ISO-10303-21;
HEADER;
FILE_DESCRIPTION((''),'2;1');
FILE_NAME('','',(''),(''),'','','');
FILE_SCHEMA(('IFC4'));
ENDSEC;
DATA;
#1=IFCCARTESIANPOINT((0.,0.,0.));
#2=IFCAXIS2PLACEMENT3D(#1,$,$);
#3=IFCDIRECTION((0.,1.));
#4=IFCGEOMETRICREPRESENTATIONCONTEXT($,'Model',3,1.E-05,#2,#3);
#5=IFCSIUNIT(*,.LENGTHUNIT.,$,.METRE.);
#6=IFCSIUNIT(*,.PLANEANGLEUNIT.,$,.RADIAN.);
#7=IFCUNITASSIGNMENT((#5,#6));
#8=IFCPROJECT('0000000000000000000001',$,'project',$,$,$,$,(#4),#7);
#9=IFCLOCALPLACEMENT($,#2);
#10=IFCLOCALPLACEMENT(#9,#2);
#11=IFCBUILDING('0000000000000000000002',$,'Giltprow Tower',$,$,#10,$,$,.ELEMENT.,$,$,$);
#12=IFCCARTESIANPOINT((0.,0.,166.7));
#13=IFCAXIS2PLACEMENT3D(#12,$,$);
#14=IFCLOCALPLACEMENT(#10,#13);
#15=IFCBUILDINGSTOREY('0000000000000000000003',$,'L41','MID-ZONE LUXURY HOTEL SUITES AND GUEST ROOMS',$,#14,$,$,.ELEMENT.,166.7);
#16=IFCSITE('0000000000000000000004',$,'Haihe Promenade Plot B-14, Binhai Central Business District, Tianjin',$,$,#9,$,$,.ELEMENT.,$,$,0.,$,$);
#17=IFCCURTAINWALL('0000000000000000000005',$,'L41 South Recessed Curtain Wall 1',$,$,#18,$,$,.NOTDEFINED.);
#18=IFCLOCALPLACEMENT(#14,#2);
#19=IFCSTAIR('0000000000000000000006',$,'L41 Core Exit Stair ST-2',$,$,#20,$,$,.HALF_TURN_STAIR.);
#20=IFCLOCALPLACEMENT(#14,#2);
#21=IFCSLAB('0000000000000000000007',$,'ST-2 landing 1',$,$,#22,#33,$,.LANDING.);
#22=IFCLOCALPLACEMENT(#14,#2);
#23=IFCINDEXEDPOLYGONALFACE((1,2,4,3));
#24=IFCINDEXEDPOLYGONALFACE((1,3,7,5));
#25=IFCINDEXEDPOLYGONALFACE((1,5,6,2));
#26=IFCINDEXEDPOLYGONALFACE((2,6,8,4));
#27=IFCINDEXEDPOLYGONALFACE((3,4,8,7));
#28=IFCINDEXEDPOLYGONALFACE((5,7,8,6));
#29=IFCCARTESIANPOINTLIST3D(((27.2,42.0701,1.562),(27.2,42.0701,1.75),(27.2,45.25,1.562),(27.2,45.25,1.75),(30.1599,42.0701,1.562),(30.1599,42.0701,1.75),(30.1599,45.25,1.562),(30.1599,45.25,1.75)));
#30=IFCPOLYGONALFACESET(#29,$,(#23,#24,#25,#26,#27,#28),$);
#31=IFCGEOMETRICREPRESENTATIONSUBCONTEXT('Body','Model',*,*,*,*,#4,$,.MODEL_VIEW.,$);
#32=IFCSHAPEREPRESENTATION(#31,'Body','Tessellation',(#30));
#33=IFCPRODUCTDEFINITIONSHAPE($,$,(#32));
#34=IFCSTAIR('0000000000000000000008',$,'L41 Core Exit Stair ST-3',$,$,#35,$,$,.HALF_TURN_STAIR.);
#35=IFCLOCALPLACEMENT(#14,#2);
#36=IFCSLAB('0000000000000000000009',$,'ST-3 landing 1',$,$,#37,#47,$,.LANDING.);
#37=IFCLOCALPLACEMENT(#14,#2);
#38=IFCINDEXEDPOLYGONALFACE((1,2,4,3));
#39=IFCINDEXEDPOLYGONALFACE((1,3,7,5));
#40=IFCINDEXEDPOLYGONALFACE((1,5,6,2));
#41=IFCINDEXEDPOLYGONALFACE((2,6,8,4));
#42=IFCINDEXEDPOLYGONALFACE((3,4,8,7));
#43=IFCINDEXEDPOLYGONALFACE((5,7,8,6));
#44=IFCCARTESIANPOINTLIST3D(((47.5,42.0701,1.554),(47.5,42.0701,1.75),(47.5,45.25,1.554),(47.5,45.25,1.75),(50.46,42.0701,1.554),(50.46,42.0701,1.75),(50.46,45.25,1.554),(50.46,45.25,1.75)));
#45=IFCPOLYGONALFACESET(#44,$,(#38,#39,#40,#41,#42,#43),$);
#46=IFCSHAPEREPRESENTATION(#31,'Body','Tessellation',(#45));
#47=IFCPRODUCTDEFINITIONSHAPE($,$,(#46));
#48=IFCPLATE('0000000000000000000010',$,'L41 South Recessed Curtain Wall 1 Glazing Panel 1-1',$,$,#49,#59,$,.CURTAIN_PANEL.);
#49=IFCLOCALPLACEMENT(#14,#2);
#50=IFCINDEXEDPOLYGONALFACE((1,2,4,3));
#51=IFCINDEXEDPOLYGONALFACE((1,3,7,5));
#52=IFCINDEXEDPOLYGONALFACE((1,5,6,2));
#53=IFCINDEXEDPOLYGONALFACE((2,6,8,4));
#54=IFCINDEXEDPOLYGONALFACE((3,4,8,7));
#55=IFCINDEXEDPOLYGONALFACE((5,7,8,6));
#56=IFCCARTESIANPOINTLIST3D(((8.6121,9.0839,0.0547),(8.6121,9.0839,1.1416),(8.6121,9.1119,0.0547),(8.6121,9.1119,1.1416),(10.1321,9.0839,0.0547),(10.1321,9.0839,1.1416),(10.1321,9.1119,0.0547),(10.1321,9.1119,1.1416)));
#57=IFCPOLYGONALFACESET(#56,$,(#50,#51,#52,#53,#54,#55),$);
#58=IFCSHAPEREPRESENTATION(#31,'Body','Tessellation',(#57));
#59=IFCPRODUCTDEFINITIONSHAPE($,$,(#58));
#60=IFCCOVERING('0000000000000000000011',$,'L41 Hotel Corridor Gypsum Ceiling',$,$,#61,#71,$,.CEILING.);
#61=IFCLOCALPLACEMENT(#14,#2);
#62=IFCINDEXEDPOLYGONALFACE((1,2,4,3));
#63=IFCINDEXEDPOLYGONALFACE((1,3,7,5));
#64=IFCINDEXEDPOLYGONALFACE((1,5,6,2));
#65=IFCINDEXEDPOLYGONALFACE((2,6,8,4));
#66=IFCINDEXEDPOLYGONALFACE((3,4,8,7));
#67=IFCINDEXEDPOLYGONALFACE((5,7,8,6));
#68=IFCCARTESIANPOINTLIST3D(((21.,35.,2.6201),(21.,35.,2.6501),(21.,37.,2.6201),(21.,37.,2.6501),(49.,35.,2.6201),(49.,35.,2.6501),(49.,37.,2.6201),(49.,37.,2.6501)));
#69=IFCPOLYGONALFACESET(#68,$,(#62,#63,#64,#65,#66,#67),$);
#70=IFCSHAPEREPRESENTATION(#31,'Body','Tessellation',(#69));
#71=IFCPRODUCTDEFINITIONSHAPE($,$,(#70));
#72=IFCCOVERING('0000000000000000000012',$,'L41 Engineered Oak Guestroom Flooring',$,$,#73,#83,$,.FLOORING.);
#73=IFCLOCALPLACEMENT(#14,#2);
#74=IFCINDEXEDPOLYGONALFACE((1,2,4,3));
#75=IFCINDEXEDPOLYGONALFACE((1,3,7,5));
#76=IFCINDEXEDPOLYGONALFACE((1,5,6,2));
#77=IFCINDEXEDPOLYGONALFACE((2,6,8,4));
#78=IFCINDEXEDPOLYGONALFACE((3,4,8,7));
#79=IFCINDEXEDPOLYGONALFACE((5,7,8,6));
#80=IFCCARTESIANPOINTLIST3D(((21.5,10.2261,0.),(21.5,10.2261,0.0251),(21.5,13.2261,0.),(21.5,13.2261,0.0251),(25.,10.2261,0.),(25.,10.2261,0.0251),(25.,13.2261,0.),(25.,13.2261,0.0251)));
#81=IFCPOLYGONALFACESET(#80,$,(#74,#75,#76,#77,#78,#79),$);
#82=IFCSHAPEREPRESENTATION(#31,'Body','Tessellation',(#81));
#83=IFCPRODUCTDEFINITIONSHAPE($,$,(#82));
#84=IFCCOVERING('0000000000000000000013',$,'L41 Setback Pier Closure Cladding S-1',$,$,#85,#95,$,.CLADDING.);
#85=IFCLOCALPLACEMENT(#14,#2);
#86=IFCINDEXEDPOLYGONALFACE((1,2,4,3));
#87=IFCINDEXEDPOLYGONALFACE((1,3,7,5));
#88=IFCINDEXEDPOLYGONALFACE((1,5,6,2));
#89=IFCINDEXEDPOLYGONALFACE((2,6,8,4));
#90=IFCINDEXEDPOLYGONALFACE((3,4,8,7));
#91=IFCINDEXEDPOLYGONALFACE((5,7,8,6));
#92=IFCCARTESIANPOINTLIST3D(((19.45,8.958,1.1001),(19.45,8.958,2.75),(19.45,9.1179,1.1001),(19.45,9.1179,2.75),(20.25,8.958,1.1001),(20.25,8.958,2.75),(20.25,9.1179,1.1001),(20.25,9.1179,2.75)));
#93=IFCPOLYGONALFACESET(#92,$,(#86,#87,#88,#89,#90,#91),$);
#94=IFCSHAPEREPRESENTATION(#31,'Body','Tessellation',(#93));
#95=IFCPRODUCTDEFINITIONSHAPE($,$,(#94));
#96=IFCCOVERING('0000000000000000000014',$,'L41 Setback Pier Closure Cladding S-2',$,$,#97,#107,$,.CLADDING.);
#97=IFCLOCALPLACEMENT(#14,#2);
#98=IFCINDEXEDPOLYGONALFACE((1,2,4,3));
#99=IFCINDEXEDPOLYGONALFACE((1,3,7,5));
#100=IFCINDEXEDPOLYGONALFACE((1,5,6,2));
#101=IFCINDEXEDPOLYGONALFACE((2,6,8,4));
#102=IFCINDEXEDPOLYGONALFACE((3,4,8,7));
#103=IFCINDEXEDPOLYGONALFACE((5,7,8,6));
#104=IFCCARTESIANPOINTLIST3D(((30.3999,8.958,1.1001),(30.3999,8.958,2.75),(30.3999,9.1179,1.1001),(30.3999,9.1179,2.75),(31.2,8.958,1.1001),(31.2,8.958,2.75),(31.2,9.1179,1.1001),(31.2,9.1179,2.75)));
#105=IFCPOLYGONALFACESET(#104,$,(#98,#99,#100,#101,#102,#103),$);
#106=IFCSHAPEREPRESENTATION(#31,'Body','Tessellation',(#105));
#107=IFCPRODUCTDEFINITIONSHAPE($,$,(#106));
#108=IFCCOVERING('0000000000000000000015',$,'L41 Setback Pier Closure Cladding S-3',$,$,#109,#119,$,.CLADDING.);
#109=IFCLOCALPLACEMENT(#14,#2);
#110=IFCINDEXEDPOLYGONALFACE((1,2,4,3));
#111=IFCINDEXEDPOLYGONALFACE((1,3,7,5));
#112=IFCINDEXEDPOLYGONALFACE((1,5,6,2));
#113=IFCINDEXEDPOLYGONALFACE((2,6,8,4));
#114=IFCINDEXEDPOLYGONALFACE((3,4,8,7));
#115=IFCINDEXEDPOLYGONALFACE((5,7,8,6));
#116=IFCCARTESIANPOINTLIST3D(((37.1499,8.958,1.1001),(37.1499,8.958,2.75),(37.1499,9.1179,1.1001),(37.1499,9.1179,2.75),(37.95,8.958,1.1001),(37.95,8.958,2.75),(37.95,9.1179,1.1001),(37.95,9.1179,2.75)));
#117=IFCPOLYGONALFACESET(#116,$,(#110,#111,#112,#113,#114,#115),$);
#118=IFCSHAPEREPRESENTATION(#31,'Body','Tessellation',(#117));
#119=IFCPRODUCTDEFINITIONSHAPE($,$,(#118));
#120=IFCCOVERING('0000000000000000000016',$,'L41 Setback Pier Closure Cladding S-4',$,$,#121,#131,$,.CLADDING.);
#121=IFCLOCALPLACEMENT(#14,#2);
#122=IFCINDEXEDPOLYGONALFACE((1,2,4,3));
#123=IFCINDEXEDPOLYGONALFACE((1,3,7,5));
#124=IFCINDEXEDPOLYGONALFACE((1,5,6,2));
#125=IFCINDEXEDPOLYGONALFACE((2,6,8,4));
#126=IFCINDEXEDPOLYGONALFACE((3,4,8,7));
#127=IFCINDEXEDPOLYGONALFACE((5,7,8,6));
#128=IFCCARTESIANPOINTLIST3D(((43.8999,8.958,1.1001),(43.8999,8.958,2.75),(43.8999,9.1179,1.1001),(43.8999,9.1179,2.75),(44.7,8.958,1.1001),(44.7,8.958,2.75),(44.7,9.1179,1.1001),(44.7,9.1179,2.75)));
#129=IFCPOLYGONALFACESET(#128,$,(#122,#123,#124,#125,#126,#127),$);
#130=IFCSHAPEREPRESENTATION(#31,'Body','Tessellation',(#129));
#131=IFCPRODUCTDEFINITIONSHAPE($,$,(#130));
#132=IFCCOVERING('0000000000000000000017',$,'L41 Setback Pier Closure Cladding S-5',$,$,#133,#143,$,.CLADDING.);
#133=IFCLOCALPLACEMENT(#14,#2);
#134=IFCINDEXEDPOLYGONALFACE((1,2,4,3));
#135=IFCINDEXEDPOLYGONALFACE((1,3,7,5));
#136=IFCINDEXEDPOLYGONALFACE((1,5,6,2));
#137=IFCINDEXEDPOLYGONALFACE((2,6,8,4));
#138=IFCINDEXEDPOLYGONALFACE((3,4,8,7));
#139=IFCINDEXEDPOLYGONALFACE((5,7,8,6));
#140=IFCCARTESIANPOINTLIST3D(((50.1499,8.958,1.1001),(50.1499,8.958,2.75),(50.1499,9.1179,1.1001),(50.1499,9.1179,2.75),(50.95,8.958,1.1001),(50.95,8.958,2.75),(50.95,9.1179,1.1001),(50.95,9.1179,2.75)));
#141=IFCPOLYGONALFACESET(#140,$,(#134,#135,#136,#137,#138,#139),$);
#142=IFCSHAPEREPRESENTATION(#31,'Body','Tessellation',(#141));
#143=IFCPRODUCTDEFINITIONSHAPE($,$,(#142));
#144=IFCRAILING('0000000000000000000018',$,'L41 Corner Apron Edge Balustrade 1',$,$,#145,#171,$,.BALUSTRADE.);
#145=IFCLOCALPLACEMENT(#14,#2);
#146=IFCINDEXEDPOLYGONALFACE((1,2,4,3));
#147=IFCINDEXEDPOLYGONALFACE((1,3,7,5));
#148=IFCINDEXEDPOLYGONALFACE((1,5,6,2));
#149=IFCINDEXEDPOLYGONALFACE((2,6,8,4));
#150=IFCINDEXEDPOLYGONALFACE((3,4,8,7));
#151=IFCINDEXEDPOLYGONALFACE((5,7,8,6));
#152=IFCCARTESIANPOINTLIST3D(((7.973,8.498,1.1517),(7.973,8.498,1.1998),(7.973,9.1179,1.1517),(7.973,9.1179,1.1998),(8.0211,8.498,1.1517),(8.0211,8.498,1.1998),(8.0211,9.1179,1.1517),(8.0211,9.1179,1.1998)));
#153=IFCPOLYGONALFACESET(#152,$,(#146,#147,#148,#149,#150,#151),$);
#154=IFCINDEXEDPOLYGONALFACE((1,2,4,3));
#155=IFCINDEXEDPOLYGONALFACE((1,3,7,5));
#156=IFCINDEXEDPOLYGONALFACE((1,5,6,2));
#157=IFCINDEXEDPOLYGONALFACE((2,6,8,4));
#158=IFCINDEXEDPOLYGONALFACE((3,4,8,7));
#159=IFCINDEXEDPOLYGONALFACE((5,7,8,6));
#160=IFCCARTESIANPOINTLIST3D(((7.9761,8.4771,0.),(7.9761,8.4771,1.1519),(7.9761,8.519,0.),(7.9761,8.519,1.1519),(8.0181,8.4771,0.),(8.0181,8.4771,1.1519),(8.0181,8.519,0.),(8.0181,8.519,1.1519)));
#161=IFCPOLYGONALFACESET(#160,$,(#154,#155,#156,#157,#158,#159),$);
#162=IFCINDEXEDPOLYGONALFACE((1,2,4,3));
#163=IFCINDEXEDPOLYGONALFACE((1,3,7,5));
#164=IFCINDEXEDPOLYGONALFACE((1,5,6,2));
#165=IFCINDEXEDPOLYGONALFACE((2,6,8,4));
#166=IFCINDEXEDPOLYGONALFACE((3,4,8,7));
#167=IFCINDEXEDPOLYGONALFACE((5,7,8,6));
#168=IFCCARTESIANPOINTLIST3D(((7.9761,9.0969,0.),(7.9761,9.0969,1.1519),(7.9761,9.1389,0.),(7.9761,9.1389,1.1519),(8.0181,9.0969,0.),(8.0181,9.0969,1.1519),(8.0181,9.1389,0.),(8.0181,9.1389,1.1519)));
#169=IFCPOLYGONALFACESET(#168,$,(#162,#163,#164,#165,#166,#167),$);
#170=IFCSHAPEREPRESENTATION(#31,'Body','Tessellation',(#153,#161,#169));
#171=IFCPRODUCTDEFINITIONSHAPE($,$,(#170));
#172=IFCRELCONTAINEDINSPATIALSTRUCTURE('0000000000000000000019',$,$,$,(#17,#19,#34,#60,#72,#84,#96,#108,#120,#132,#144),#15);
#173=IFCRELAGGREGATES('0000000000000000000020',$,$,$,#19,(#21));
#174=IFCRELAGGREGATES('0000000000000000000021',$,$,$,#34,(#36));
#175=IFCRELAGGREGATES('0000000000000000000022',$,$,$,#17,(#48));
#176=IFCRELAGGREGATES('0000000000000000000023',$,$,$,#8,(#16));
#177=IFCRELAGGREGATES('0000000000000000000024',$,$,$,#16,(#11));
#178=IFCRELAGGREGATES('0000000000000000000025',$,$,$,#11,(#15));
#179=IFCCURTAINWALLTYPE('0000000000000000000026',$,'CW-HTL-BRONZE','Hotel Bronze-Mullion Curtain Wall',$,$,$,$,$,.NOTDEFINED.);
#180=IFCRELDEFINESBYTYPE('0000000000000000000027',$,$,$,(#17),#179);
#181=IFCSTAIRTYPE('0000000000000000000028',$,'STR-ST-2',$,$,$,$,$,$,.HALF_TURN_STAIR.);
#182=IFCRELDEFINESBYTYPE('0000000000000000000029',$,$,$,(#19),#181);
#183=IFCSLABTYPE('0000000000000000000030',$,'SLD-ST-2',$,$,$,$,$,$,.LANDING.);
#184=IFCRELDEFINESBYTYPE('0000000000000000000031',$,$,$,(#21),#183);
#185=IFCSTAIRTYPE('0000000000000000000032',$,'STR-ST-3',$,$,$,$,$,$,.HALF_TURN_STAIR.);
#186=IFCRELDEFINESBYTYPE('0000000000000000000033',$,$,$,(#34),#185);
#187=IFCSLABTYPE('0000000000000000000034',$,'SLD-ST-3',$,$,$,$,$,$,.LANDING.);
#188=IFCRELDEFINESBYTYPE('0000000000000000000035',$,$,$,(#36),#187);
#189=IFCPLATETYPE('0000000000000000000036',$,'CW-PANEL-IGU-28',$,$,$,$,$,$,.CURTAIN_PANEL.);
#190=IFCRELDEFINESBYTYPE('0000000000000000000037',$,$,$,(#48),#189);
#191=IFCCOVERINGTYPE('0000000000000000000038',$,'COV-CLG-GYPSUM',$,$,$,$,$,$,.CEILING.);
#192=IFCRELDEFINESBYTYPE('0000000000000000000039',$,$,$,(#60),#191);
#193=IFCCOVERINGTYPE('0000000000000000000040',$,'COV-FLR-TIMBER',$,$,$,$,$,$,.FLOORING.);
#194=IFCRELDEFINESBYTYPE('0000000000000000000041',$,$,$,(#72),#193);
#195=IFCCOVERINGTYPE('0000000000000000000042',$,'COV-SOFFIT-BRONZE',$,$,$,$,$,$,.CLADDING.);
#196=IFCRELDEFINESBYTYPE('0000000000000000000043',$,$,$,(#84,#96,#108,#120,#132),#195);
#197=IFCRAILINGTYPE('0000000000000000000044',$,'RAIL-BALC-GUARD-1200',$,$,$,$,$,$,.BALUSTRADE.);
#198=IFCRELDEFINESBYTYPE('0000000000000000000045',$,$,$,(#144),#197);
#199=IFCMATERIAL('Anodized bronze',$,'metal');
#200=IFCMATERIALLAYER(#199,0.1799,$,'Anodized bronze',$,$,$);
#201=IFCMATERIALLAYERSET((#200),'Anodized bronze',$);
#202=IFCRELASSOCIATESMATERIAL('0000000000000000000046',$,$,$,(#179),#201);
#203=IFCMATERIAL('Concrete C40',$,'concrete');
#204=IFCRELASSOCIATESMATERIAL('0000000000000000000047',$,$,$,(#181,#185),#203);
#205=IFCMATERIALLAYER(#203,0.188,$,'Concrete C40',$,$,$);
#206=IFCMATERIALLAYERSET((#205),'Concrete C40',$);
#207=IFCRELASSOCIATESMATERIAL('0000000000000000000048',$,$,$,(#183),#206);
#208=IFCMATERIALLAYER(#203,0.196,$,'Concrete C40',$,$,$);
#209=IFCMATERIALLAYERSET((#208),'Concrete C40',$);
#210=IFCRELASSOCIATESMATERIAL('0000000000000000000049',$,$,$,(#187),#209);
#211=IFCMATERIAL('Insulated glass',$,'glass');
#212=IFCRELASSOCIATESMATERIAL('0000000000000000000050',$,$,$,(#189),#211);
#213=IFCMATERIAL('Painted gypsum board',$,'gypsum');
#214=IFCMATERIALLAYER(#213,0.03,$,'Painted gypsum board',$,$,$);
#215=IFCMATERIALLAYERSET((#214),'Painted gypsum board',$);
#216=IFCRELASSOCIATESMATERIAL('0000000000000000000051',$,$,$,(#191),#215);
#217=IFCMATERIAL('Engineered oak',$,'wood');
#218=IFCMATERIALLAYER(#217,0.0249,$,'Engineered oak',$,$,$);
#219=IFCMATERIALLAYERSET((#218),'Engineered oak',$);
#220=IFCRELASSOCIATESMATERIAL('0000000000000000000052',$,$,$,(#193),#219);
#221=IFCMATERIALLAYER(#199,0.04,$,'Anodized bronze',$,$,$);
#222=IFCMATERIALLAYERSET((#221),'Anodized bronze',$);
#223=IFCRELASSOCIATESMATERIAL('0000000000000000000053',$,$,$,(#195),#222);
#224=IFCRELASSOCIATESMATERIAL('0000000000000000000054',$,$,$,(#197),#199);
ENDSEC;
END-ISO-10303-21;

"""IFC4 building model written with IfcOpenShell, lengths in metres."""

from ifc_helpers import new_model, si_unit, direction, frame, origin, origin_2d, place, context, subcontext, project, spatial, polyline, rectangle, outline, extrude, source, transform, mapped, material, layer, layer_set, type_object, element, aggregate, save


model = new_model("IFC4")

# Units and contexts
model_context = context("Model", 3, precision=1e-05, world=origin(), true_north=direction((0.0, 1.0)))
body_context = subcontext(model_context, "Body", "Model", "MODEL_VIEW")
ifc_project = project(units=[si_unit("LENGTHUNIT", "METRE"), si_unit("PLANEANGLEUNIT", "RADIAN")], contexts=[model_context])

# Site, building, storey
site_placement = place(None, origin())
site = spatial("IfcSite", under=ifc_project, at=site_placement, Name="Haihe Promenade Plot B-14, Binhai Central Business District, Tianjin", CompositionType="ELEMENT", RefElevation=0.0)
building_placement = place(site_placement, origin())
building = spatial("IfcBuilding", under=site, at=building_placement, Name="Giltprow Tower", CompositionType="ELEMENT")
storey_placement = place(building_placement, frame((0.0, 0.0, 166.7)))
storey = spatial("IfcBuildingStorey", under=building, at=storey_placement, Name="L41", Description="MID-ZONE LUXURY HOTEL SUITES AND GUEST ROOMS", CompositionType="ELEMENT", Elevation=166.7)

# Curtain wall
ifc_material_1 = material(Name="Anodized bronze", Category="metal")
ifc_layer_1 = layer(ifc_material_1, 0.1799, Name="Anodized bronze")
ifc_layer_set_1 = layer_set([ifc_layer_1], Name="Anodized bronze")
curtain_wall_type = type_object("IfcCurtainWallType", Name="CW-HTL-BRONZE", Description="Hotel Bronze-Mullion Curtain Wall", PredefinedType="NOTDEFINED", material=ifc_layer_set_1)
curtain_wall_placement = place(storey_placement, origin())
curtain_wall = element("IfcCurtainWall", 1, at=curtain_wall_placement, inside=storey, type_object=curtain_wall_type, Name="L41 South Recessed Curtain Wall 1", PredefinedType="NOTDEFINED")

# Shared definitions
ifc_material_2 = material(Name="Concrete C40", Category="concrete")

# Stairs, slabs
stair_type_1 = type_object("IfcStairType", Name="STR-ST-2", PredefinedType="HALF_TURN_STAIR", material=ifc_material_2)
stair_1_placement = place(storey_placement, origin())
stair_1 = element("IfcStair", 2, at=stair_1_placement, inside=storey, type_object=stair_type_1, Name="L41 Core Exit Stair ST-2", PredefinedType="HALF_TURN_STAIR")
ifc_layer_2 = layer(ifc_material_2, 0.188, Name="Concrete C40")
ifc_layer_set_2 = layer_set([ifc_layer_2], Name="Concrete C40")
slab_type_1 = type_object("IfcSlabType", Name="SLD-ST-2", PredefinedType="LANDING", material=ifc_layer_set_2)
slab_1_placement = place(storey_placement, frame((0.0, 0.0, 1.562)))
slab_1 = element("IfcSlab", 3, at=slab_1_placement, type_object=slab_type_1, Name="ST-2 landing 1", PredefinedType="LANDING", context=body_context, shape_type="SweptSolid", body=[
    extrude(outline(polyline([(30.1599, 42.0701), (30.1599, 45.25), (27.2, 45.25), (27.2, 42.0701), (30.1599, 42.0701)])), origin(), (0.0, 0.0, 1.0), 0.188),
])
aggregate(stair_1, [slab_1])
stair_type_2 = type_object("IfcStairType", Name="STR-ST-3", PredefinedType="HALF_TURN_STAIR", material=ifc_material_2)
stair_2_placement = place(storey_placement, origin())
stair_2 = element("IfcStair", 4, at=stair_2_placement, inside=storey, type_object=stair_type_2, Name="L41 Core Exit Stair ST-3", PredefinedType="HALF_TURN_STAIR")
ifc_layer_3 = layer(ifc_material_2, 0.196, Name="Concrete C40")
ifc_layer_set_3 = layer_set([ifc_layer_3], Name="Concrete C40")
slab_type_2 = type_object("IfcSlabType", Name="SLD-ST-3", PredefinedType="LANDING", material=ifc_layer_set_3)
slab_2_placement = place(storey_placement, frame((0.0, 0.0, 1.554)))
slab_2 = element("IfcSlab", 5, at=slab_2_placement, type_object=slab_type_2, Name="ST-3 landing 1", PredefinedType="LANDING", context=body_context, shape_type="SweptSolid", body=[
    extrude(outline(polyline([(50.46, 42.0701), (50.46, 45.25), (47.5, 45.25), (47.5, 42.0701), (50.46, 42.0701)])), origin(), (0.0, 0.0, 1.0), 0.196),
])
aggregate(stair_2, [slab_2])

# Plate
ifc_material_3 = material(Name="Insulated glass", Category="glass")
plate_type = type_object("IfcPlateType", Name="CW-PANEL-IGU-28", PredefinedType="CURTAIN_PANEL", material=ifc_material_3)
shared_shape_1 = source(origin(), body_context, "Body", "SweptSolid", [
    extrude(rectangle(XDim=1.52, YDim=0.0281, at=origin_2d()), origin(), (0.0, 0.0, 1.0), 1.0869),
])
plate_placement = place(storey_placement, frame((9.3721, 9.0979, 0.0547), z_axis=(0.0, 0.0, 1.0), x_axis=(1.0, 0.0, 0.0)))
plate = element("IfcPlate", 6, at=plate_placement, type_object=plate_type, Name="L41 South Recessed Curtain Wall 1 Glazing Panel 1-1", PredefinedType="CURTAIN_PANEL", context=body_context, shape_type="MappedRepresentation", body=[
    mapped(shared_shape_1, transform((0.0, 0.0, 0.0), x_axis=(1.0, 0.0, 0.0), y_axis=(0.0, 1.0, 0.0), z_axis=(0.0, 0.0, 1.0), scale=1.0)),
])
aggregate(curtain_wall, [plate])

# Coverings
ifc_material_4 = material(Name="Painted gypsum board", Category="gypsum")
ifc_layer_4 = layer(ifc_material_4, 0.03, Name="Painted gypsum board")
ifc_layer_set_4 = layer_set([ifc_layer_4], Name="Painted gypsum board")
covering_type_1 = type_object("IfcCoveringType", Name="COV-CLG-GYPSUM", PredefinedType="CEILING", material=ifc_layer_set_4)
covering_1_placement = place(storey_placement, frame((0.0, 0.0, 2.6201)))
element("IfcCovering", 7, at=covering_1_placement, inside=storey, type_object=covering_type_1, Name="L41 Hotel Corridor Gypsum Ceiling", PredefinedType="CEILING", context=body_context, shape_type="SweptSolid", body=[
    extrude(outline(polyline([(21.0, 35.0), (49.0, 35.0), (49.0, 37.0), (21.0, 37.0), (21.0, 35.0)])), origin(), (0.0, 0.0, 1.0), 0.03),
])
ifc_material_5 = material(Name="Engineered oak", Category="wood")
ifc_layer_5 = layer(ifc_material_5, 0.0249, Name="Engineered oak")
ifc_layer_set_5 = layer_set([ifc_layer_5], Name="Engineered oak")
covering_type_2 = type_object("IfcCoveringType", Name="COV-FLR-TIMBER", PredefinedType="FLOORING", material=ifc_layer_set_5)
covering_2_placement = place(storey_placement, origin())
element("IfcCovering", 8, at=covering_2_placement, inside=storey, type_object=covering_type_2, Name="L41 Engineered Oak Guestroom Flooring", PredefinedType="FLOORING", context=body_context, shape_type="SweptSolid", body=[
    extrude(outline(polyline([(21.5, 10.2261), (25.0, 10.2261), (25.0, 13.2261), (21.5, 13.2261), (21.5, 10.2261)])), origin(), (0.0, 0.0, 1.0), 0.0251),
])
ifc_layer_6 = layer(ifc_material_1, 0.04, Name="Anodized bronze")
ifc_layer_set_6 = layer_set([ifc_layer_6], Name="Anodized bronze")
covering_type_3 = type_object("IfcCoveringType", Name="COV-SOFFIT-BRONZE", PredefinedType="CLADDING", material=ifc_layer_set_6)
covering_3_placement = place(storey_placement, frame((0.0, 0.0, 1.1001)))
element("IfcCovering", 9, at=covering_3_placement, inside=storey, type_object=covering_type_3, Name="L41 Setback Pier Closure Cladding S-1", PredefinedType="CLADDING", context=body_context, shape_type="SweptSolid", body=[
    extrude(outline(polyline([(19.45, 8.958), (20.25, 8.958), (20.25, 9.1179), (19.45, 9.1179), (19.45, 8.958)])), origin(), (0.0, 0.0, 1.0), 1.6499),
])
covering_4_placement = place(storey_placement, frame((0.0, 0.0, 1.1001)))
element("IfcCovering", 10, at=covering_4_placement, inside=storey, type_object=covering_type_3, Name="L41 Setback Pier Closure Cladding S-2", PredefinedType="CLADDING", context=body_context, shape_type="SweptSolid", body=[
    extrude(outline(polyline([(30.3999, 8.958), (31.2, 8.958), (31.2, 9.1179), (30.3999, 9.1179), (30.3999, 8.958)])), origin(), (0.0, 0.0, 1.0), 1.6499),
])
covering_5_placement = place(storey_placement, frame((0.0, 0.0, 1.1001)))
element("IfcCovering", 11, at=covering_5_placement, inside=storey, type_object=covering_type_3, Name="L41 Setback Pier Closure Cladding S-3", PredefinedType="CLADDING", context=body_context, shape_type="SweptSolid", body=[
    extrude(outline(polyline([(37.1499, 8.958), (37.95, 8.958), (37.95, 9.1179), (37.1499, 9.1179), (37.1499, 8.958)])), origin(), (0.0, 0.0, 1.0), 1.6499),
])
covering_6_placement = place(storey_placement, frame((0.0, 0.0, 1.1001)))
element("IfcCovering", 12, at=covering_6_placement, inside=storey, type_object=covering_type_3, Name="L41 Setback Pier Closure Cladding S-4", PredefinedType="CLADDING", context=body_context, shape_type="SweptSolid", body=[
    extrude(outline(polyline([(43.8999, 8.958), (44.7, 8.958), (44.7, 9.1179), (43.8999, 9.1179), (43.8999, 8.958)])), origin(), (0.0, 0.0, 1.0), 1.6499),
])
covering_7_placement = place(storey_placement, frame((0.0, 0.0, 1.1001)))
element("IfcCovering", 13, at=covering_7_placement, inside=storey, type_object=covering_type_3, Name="L41 Setback Pier Closure Cladding S-5", PredefinedType="CLADDING", context=body_context, shape_type="SweptSolid", body=[
    extrude(outline(polyline([(50.1499, 8.958), (50.95, 8.958), (50.95, 9.1179), (50.1499, 9.1179), (50.1499, 8.958)])), origin(), (0.0, 0.0, 1.0), 1.6499),
])

# Railing
railing_type = type_object("IfcRailingType", Name="RAIL-BALC-GUARD-1200", PredefinedType="BALUSTRADE", material=ifc_material_1)
railing_placement = place(storey_placement, frame((7.9971, 8.498, 0.0)))
element("IfcRailing", 14, at=railing_placement, inside=storey, type_object=railing_type, Name="L41 Corner Apron Edge Balustrade 1", PredefinedType="BALUSTRADE", context=body_context, shape_type="SweptSolid", body=[
    extrude(rectangle(XDim=0.0481, YDim=0.0481, at=origin_2d()), frame((0.0, 0.0, 1.1758), z_axis=(0.0, 1.0, 0.0), x_axis=(-1.0, 0.0, 0.0)), (0.0, 0.0, 1.0), 0.6199),
    extrude(rectangle(XDim=0.042, YDim=0.042, at=origin_2d()), origin(), (0.0, 0.0, 1.0), 1.1519),
    extrude(rectangle(XDim=0.042, YDim=0.042, at=origin_2d()), frame((0.0, 0.6199, 0.0)), (0.0, 0.0, 1.0), 1.1519),
])

save(model, "model.ifc")
